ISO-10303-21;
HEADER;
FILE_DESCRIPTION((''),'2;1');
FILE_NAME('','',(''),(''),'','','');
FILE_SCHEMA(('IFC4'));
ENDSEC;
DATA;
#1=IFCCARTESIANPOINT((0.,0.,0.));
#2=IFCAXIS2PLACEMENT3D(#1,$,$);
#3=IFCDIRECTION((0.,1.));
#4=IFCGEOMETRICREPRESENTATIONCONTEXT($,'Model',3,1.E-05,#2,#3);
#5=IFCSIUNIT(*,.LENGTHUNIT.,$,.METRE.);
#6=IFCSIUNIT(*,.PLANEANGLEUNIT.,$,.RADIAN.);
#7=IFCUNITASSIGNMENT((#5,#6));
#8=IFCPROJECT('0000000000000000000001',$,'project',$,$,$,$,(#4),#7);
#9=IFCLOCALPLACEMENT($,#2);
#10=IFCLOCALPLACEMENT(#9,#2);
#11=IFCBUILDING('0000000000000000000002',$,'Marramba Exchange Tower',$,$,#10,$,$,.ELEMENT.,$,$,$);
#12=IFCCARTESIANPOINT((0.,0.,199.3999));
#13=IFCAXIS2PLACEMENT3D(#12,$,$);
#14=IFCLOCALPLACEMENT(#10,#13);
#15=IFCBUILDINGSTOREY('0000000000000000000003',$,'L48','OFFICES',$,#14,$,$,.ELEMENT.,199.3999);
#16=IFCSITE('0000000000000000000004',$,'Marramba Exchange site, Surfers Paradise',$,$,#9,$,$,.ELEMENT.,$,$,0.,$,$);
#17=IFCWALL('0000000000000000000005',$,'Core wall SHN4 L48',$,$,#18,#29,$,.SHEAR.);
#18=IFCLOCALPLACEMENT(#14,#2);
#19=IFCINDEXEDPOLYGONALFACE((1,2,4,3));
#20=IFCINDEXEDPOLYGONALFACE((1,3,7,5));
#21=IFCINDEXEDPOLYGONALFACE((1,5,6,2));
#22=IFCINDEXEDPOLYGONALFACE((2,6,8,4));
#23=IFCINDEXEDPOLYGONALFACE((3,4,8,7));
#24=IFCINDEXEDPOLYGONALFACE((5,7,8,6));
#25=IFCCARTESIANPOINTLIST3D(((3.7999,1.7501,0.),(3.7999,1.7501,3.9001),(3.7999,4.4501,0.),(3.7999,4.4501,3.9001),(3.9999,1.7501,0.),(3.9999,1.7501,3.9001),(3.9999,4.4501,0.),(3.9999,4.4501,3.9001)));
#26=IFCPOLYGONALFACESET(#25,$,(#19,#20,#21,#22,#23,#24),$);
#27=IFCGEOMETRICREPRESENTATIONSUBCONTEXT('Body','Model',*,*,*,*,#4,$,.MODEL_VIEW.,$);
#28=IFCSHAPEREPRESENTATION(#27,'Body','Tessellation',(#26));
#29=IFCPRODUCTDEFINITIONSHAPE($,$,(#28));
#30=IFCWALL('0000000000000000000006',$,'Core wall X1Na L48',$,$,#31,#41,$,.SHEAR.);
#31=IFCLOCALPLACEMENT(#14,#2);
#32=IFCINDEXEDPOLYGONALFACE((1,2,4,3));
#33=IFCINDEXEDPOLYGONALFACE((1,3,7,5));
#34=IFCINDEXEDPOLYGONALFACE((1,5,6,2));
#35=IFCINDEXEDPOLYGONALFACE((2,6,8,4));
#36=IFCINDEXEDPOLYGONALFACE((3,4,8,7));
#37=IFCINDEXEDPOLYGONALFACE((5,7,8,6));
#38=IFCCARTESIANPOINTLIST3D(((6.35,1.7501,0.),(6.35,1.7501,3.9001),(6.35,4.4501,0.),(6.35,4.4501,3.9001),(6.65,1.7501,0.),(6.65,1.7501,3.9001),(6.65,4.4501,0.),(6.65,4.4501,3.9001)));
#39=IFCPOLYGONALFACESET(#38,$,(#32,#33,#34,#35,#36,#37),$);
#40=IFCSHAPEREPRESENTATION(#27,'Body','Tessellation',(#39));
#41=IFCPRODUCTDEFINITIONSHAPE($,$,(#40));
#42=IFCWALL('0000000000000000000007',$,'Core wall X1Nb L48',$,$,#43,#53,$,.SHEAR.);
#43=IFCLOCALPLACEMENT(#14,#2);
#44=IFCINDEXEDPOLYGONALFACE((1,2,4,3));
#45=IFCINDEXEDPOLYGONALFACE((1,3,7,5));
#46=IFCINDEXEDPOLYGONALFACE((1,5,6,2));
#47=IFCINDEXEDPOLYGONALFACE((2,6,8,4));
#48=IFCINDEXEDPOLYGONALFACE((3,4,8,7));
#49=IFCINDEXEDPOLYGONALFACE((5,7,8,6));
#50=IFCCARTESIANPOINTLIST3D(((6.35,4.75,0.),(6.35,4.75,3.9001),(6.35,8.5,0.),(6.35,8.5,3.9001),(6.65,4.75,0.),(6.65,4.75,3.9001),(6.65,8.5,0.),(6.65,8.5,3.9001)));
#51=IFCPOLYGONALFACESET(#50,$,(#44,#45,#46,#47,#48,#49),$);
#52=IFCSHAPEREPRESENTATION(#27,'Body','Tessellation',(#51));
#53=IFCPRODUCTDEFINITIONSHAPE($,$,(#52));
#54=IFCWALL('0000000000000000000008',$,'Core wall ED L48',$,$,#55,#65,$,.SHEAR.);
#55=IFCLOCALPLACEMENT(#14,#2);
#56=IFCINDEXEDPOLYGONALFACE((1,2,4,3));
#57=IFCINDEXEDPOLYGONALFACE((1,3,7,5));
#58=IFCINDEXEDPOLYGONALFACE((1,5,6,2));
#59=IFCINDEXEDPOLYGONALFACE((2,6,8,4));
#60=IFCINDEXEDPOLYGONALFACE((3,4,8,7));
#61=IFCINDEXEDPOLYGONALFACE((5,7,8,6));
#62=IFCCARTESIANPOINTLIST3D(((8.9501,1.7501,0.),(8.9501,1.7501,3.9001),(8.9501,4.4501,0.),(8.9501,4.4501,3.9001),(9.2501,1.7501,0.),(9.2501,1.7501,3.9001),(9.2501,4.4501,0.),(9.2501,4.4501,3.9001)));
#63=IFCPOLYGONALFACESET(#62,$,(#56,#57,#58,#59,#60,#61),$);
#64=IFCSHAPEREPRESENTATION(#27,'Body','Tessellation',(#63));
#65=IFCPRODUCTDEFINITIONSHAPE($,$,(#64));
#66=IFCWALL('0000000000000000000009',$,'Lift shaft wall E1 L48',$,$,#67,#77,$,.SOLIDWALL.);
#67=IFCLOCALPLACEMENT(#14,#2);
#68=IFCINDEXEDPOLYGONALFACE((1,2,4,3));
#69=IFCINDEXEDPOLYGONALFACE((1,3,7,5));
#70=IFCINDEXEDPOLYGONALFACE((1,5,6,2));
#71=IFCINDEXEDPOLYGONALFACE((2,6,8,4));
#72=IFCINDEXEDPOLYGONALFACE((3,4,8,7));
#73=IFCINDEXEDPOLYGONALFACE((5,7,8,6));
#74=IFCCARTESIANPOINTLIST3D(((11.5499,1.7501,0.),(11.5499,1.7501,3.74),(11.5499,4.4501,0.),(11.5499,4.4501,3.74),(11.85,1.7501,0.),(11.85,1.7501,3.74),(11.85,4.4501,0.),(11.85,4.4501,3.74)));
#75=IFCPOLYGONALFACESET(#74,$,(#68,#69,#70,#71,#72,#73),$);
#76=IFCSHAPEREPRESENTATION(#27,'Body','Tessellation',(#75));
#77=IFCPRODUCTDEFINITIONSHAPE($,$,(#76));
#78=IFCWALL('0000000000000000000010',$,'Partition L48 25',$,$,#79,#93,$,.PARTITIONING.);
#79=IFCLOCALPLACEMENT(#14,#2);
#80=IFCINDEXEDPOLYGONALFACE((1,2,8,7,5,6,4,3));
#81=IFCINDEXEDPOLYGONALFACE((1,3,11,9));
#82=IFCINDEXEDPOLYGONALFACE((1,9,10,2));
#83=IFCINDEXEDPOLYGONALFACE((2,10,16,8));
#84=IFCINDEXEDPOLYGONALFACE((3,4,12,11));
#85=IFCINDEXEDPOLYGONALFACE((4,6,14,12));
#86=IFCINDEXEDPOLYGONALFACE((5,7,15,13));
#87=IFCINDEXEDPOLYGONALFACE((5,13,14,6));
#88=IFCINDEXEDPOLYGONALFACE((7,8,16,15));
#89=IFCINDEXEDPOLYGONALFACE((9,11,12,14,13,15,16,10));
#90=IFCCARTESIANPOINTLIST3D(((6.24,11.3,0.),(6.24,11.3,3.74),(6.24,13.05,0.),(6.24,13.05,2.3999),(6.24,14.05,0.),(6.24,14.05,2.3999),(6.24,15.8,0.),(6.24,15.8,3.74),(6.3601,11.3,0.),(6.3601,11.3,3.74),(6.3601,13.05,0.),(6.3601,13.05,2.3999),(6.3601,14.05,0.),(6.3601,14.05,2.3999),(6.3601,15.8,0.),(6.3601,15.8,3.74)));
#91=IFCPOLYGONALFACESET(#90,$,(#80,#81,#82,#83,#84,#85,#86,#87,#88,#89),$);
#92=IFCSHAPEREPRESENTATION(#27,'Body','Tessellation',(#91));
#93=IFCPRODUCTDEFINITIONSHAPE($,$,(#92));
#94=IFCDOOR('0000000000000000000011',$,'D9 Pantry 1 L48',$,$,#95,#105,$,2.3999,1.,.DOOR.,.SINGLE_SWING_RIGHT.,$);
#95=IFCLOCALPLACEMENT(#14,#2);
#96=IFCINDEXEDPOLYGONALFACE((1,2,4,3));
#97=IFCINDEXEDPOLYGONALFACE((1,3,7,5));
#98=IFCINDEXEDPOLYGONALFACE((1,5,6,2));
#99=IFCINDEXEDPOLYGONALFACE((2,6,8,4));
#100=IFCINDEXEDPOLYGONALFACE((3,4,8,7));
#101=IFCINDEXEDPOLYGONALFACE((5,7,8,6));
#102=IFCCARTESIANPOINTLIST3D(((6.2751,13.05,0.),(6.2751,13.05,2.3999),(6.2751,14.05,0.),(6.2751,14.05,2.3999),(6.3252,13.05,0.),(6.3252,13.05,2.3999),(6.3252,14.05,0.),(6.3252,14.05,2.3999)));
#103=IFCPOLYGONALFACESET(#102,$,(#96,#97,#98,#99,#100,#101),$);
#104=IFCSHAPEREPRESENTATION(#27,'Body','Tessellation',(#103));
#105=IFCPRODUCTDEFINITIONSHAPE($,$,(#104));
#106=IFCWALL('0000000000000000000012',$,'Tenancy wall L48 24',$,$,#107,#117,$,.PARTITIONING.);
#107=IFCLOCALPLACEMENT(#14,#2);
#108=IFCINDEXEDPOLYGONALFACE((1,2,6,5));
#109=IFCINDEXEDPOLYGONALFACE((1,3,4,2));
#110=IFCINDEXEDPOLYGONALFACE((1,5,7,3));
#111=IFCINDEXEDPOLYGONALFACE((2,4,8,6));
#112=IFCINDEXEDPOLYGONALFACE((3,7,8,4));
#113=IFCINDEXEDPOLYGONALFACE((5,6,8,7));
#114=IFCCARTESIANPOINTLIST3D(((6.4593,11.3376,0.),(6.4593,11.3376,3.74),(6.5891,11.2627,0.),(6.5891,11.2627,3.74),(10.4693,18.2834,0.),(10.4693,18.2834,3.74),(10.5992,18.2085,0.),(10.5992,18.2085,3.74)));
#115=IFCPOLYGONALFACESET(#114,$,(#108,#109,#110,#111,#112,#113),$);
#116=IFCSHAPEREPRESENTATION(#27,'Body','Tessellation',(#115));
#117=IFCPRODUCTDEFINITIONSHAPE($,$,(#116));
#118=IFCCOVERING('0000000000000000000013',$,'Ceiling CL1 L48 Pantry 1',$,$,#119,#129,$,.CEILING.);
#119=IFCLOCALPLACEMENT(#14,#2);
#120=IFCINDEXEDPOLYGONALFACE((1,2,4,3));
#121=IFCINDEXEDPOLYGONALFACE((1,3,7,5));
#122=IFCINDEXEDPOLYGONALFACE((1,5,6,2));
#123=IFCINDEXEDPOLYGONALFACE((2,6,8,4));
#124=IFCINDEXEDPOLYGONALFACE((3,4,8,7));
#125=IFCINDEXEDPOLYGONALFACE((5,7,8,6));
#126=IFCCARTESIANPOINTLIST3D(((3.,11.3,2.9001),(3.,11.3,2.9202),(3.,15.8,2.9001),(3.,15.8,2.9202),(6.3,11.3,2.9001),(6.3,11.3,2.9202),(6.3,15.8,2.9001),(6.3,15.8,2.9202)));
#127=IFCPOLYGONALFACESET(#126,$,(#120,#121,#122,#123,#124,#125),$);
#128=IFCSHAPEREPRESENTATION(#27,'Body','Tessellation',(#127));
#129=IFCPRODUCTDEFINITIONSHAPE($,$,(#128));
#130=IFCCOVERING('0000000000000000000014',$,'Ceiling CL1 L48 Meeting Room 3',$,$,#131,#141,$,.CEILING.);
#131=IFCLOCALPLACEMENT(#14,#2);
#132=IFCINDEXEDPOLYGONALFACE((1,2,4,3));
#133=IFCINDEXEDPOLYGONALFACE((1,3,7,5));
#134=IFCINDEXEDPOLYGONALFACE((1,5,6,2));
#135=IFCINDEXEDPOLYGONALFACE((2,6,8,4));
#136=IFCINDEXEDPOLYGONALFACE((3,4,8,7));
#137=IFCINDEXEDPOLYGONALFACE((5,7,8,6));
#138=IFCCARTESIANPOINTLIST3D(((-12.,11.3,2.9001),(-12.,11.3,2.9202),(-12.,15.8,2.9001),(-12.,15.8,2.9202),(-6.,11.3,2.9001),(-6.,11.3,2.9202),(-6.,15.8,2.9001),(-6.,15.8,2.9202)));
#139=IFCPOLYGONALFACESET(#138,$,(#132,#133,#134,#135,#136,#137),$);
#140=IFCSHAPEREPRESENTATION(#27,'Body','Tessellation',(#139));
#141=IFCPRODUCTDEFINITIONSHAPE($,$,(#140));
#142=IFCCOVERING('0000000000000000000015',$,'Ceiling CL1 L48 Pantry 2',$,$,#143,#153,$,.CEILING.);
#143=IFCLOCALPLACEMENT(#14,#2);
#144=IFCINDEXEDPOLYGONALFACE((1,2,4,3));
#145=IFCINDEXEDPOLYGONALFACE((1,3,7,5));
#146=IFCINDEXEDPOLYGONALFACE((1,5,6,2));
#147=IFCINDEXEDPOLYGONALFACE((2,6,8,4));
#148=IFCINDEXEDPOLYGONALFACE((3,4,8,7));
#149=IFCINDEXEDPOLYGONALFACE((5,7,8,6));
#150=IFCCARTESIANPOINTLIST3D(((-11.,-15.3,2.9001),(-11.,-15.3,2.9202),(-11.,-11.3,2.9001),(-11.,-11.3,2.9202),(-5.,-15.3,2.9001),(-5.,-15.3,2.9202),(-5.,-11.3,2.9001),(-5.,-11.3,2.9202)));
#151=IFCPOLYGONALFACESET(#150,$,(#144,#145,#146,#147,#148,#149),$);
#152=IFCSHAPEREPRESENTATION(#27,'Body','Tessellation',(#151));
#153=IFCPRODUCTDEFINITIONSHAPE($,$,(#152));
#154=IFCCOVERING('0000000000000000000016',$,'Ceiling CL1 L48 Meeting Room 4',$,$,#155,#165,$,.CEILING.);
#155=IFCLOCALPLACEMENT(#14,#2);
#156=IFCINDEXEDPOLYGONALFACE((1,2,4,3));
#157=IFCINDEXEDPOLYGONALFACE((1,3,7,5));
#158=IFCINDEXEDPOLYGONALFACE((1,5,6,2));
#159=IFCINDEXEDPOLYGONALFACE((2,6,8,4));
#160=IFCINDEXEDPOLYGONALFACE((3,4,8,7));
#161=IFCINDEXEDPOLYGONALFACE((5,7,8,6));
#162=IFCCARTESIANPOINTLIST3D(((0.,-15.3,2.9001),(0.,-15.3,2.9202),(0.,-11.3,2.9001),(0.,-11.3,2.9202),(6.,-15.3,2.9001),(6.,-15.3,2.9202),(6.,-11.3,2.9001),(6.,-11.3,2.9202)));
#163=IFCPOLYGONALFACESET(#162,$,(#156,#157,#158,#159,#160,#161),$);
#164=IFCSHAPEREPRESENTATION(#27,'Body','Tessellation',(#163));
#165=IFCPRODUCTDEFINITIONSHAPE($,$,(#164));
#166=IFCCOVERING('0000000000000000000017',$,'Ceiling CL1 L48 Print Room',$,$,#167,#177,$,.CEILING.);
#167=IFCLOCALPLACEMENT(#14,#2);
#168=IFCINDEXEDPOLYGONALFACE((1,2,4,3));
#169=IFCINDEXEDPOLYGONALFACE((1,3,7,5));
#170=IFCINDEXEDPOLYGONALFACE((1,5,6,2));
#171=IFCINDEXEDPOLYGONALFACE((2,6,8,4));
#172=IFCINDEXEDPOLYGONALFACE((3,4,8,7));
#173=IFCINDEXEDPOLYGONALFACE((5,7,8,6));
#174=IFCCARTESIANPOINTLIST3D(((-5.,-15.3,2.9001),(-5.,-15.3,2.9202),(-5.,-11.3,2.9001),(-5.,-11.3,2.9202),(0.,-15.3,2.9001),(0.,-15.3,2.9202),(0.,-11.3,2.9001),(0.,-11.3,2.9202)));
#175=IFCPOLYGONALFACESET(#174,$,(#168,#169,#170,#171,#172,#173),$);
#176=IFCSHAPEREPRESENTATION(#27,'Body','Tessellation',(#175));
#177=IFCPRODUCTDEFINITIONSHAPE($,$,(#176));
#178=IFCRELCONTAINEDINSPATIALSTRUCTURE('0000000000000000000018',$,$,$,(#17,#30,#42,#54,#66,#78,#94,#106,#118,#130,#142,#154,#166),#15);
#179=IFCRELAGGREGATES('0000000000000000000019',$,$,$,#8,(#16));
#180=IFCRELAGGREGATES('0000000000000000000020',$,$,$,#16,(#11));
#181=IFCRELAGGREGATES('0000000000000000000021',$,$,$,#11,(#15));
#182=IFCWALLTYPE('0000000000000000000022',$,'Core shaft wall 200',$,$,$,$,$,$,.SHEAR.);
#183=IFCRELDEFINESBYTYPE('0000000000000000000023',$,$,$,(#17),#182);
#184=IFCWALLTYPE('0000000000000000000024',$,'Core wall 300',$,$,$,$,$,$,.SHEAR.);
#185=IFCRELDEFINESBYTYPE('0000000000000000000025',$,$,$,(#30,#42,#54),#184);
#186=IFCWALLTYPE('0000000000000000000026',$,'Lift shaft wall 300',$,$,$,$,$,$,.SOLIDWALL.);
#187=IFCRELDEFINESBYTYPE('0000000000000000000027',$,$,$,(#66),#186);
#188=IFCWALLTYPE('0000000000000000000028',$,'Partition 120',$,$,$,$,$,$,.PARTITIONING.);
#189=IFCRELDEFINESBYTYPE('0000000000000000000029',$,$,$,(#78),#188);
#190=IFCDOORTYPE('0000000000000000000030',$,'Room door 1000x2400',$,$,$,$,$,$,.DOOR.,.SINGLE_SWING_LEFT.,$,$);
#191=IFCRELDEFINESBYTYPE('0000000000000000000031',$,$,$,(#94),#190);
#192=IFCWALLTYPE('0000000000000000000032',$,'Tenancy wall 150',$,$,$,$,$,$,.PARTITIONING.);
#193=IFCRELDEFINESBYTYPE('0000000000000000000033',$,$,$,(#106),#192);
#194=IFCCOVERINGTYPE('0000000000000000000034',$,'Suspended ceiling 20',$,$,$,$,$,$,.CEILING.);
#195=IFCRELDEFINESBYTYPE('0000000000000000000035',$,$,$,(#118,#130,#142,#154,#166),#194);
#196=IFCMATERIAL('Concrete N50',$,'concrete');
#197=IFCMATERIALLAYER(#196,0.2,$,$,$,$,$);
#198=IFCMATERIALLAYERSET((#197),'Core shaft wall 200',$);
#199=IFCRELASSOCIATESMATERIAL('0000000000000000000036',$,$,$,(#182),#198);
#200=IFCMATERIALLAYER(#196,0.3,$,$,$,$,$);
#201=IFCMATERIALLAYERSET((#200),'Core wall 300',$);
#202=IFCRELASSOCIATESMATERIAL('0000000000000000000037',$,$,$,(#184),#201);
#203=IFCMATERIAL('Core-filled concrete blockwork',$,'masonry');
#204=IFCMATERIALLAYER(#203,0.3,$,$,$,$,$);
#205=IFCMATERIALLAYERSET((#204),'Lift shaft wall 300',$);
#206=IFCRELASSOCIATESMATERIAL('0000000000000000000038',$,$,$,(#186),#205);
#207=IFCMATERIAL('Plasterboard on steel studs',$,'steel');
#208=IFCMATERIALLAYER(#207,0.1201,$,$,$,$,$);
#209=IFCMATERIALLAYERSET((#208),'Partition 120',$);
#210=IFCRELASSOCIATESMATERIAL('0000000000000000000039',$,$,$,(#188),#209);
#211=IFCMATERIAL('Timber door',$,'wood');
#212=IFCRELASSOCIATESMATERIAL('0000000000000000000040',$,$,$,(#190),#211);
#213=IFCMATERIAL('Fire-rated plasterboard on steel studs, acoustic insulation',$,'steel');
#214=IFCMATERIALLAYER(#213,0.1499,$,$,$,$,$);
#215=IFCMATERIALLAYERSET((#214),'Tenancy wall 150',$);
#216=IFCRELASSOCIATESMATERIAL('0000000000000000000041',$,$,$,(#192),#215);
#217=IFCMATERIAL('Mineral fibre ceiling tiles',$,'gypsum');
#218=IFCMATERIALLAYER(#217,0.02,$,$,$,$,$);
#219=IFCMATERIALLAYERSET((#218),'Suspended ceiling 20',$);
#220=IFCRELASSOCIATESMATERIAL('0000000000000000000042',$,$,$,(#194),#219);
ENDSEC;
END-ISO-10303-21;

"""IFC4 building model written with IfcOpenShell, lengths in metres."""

from ifc_helpers import new_model, si_unit, direction, frame, frame_2d, origin, place, context, subcontext, project, spatial, polyline, rectangle, outline, extrude, material, layer, layer_set, type_object, element, fill, save


model = new_model("IFC4")

# Units and contexts
model_context = context("Model", 3, precision=1e-05, world=origin(), true_north=direction((0.0, 1.0)))
body_context = subcontext(model_context, "Body", "Model", "MODEL_VIEW")
ifc_project = project(units=[si_unit("LENGTHUNIT", "METRE"), si_unit("PLANEANGLEUNIT", "RADIAN")], contexts=[model_context])

# Site, building, storey
site_placement = place(None, origin())
site = spatial("IfcSite", under=ifc_project, at=site_placement, Name="Marramba Exchange site, Surfers Paradise", CompositionType="ELEMENT", RefElevation=0.0)
building_placement = place(site_placement, origin())
building = spatial("IfcBuilding", under=site, at=building_placement, Name="Marramba Exchange Tower", CompositionType="ELEMENT")
storey_placement = place(building_placement, frame((0.0, 0.0, 199.3999)))
storey = spatial("IfcBuildingStorey", under=building, at=storey_placement, Name="L48", Description="OFFICES", CompositionType="ELEMENT", Elevation=199.3999)

# Shared definitions
ifc_material_1 = material(Name="Timber door", Category="wood")

# Walls
ifc_material_2 = material(Name="Concrete N50", Category="concrete")
ifc_layer_1 = layer(ifc_material_2, 0.2)
ifc_layer_set_1 = layer_set([ifc_layer_1], Name="Core shaft wall 200")
wall_type_1 = type_object("IfcWallType", Name="Core shaft wall 200", PredefinedType="SHEAR", material=ifc_layer_set_1)
for number, where, z_axis, x_axis, name in (
    (1, (3.8999, 1.75, 0.0), (0.0, 0.0, 1.0), (0.0, 1.0, 0.0), "Core wall SHN4 L48"),
):
    element("IfcWall", number, at=place(storey_placement, frame(where, z_axis=z_axis, x_axis=x_axis)), inside=storey, type_object=wall_type_1, Name=name, PredefinedType="SHEAR", context=body_context, shape_type="SweptSolid", body=[
        extrude(rectangle(XDim=2.7, YDim=0.2, at=frame_2d((1.3501, 0.0))), origin(), (0.0, 0.0, 1.0), 3.9001),
    ])
ifc_layer_2 = layer(ifc_material_2, 0.3)
ifc_layer_set_2 = layer_set([ifc_layer_2], Name="Core wall 300")
wall_type_2 = type_object("IfcWallType", Name="Core wall 300", PredefinedType="SHEAR", material=ifc_layer_set_2)
wall_1_placement = place(storey_placement, frame((6.5, 1.75, 0.0), z_axis=(0.0, 0.0, 1.0), x_axis=(0.0, 1.0, 0.0)))
element("IfcWall", 2, at=wall_1_placement, inside=storey, type_object=wall_type_2, Name="Core wall X1Na L48", PredefinedType="SHEAR", context=body_context, shape_type="SweptSolid", body=[
    extrude(rectangle(XDim=2.7, YDim=0.3, at=frame_2d((1.3501, 0.0))), origin(), (0.0, 0.0, 1.0), 3.9001),
])
wall_2_placement = place(storey_placement, frame((6.5, 4.75, 0.0), z_axis=(0.0, 0.0, 1.0), x_axis=(0.0, 1.0, 0.0)))
element("IfcWall", 3, at=wall_2_placement, inside=storey, type_object=wall_type_2, Name="Core wall X1Nb L48", PredefinedType="SHEAR", context=body_context, shape_type="SweptSolid", body=[
    extrude(rectangle(XDim=3.75, YDim=0.3, at=frame_2d((1.875, 0.0))), origin(), (0.0, 0.0, 1.0), 3.9001),
])
wall_3_placement = place(storey_placement, frame((9.1001, 1.75, 0.0), z_axis=(0.0, 0.0, 1.0), x_axis=(0.0, 1.0, 0.0)))
element("IfcWall", 4, at=wall_3_placement, inside=storey, type_object=wall_type_2, Name="Core wall ED L48", PredefinedType="SHEAR", context=body_context, shape_type="SweptSolid", body=[
    extrude(rectangle(XDim=2.7, YDim=0.3, at=frame_2d((1.3501, 0.0))), origin(), (0.0, 0.0, 1.0), 3.9001),
])
ifc_material_3 = material(Name="Core-filled concrete blockwork", Category="masonry")
ifc_layer_3 = layer(ifc_material_3, 0.3)
ifc_layer_set_3 = layer_set([ifc_layer_3], Name="Lift shaft wall 300")
wall_type_3 = type_object("IfcWallType", Name="Lift shaft wall 300", PredefinedType="SOLIDWALL", material=ifc_layer_set_3)
wall_4_placement = place(storey_placement, frame((11.7, 1.75, 0.0), z_axis=(0.0, 0.0, 1.0), x_axis=(0.0, 1.0, 0.0)))
element("IfcWall", 5, at=wall_4_placement, inside=storey, type_object=wall_type_3, Name="Lift shaft wall E1 L48", PredefinedType="SOLIDWALL", context=body_context, shape_type="SweptSolid", body=[
    extrude(rectangle(XDim=2.7, YDim=0.3, at=frame_2d((1.3501, 0.0))), origin(), (0.0, 0.0, 1.0), 3.74),
])

# Wall, opening, door
ifc_material_4 = material(Name="Plasterboard on steel studs", Category="steel")
ifc_layer_4 = layer(ifc_material_4, 0.1201)
ifc_layer_set_4 = layer_set([ifc_layer_4], Name="Partition 120")
wall_type_4 = type_object("IfcWallType", Name="Partition 120", PredefinedType="PARTITIONING", material=ifc_layer_set_4)
wall_5_placement = place(storey_placement, frame((6.3, 11.3, 0.0), z_axis=(0.0, 0.0, 1.0), x_axis=(0.0, 1.0, 0.0)))
wall_5 = element("IfcWall", 6, at=wall_5_placement, inside=storey, type_object=wall_type_4, Name="Partition L48 25", PredefinedType="PARTITIONING", context=body_context, shape_type="SweptSolid", body=[
    extrude(rectangle(XDim=4.5, YDim=0.1201, at=frame_2d((2.25, 0.0))), origin(), (0.0, 0.0, 1.0), 3.74),
])
opening_1_placement = place(wall_5_placement, frame((1.75, 0.0, 0.0)))
opening_1 = element("IfcOpeningElement", 7, at=opening_1_placement, cuts=wall_5, PredefinedType="OPENING", context=body_context, shape_type="SweptSolid", body=[
    extrude(rectangle(XDim=1.0, YDim=2.3999, at=frame_2d((0.5, 1.2))), frame((0.0, 0.0701, 0.0), z_axis=(0.0, -1.0, 0.0), x_axis=(1.0, 0.0, 0.0)), (0.0, 0.0, 1.0), 0.1401),
])
door_type_1 = type_object("IfcDoorType", Name="Room door 1000x2400", OperationType="SINGLE_SWING_LEFT", PredefinedType="DOOR", material=ifc_material_1)
door_1_placement = place(opening_1_placement, origin())
door_1 = element("IfcDoor", 8, at=door_1_placement, inside=storey, type_object=door_type_1, Name="D9 Pantry 1 L48", OperationType="SINGLE_SWING_RIGHT", OverallHeight=2.3999, OverallWidth=1.0, PredefinedType="DOOR", context=body_context, shape_type="SweptSolid", body=[
    extrude(rectangle(XDim=1.0, YDim=2.3999, at=frame_2d((0.5, 1.2))), frame((0.0, 0.0249, 0.0), z_axis=(0.0, -1.0, 0.0), x_axis=(1.0, 0.0, 0.0)), (0.0, 0.0, 1.0), 0.05),
])
fill(opening_1, door_1)

# Wall
ifc_material_5 = material(Name="Fire-rated plasterboard on steel studs, acoustic insulation", Category="steel")
ifc_layer_5 = layer(ifc_material_5, 0.1499)
ifc_layer_set_5 = layer_set([ifc_layer_5], Name="Tenancy wall 150")
wall_type_5 = type_object("IfcWallType", Name="Tenancy wall 150", PredefinedType="PARTITIONING", material=ifc_layer_set_5)
wall_6_placement = place(storey_placement, frame((6.5242, 11.3, 0.0), z_axis=(0.0, 0.0, 1.0), x_axis=(0.499986, 0.866034, 0.0)))
element("IfcWall", 9, at=wall_6_placement, inside=storey, type_object=wall_type_5, Name="Tenancy wall L48 24", PredefinedType="PARTITIONING", context=body_context, shape_type="SweptSolid", body=[
    extrude(rectangle(XDim=8.0203, YDim=0.1499, at=frame_2d((4.0103, 0.0))), origin(), (0.0, 0.0, 1.0), 3.74),
])

# Coverings
ifc_material_6 = material(Name="Mineral fibre ceiling tiles", Category="gypsum")
ifc_layer_6 = layer(ifc_material_6, 0.02)
ifc_layer_set_6 = layer_set([ifc_layer_6], Name="Suspended ceiling 20")
covering_type = type_object("IfcCoveringType", Name="Suspended ceiling 20", PredefinedType="CEILING", material=ifc_layer_set_6)
covering_1_placement = place(storey_placement, frame((0.0, 0.0, 2.9001)))
element("IfcCovering", 10, at=covering_1_placement, inside=storey, type_object=covering_type, Name="Ceiling CL1 L48 Pantry 1", PredefinedType="CEILING", context=body_context, shape_type="SweptSolid", body=[
    extrude(outline(polyline([(6.3, 11.3), (3.0, 11.3), (3.0, 15.8), (6.3, 15.8), (6.3, 11.3)])), origin(), (0.0, 0.0, 1.0), 0.02),
])
covering_2_placement = place(storey_placement, frame((0.0, 0.0, 2.9001)))
element("IfcCovering", 11, at=covering_2_placement, inside=storey, type_object=covering_type, Name="Ceiling CL1 L48 Meeting Room 3", PredefinedType="CEILING", context=body_context, shape_type="SweptSolid", body=[
    extrude(outline(polyline([(-6.0, 11.3), (-12.0, 11.3), (-12.0, 15.8), (-6.0, 15.8), (-6.0, 11.3)])), origin(), (0.0, 0.0, 1.0), 0.02),
])
covering_3_placement = place(storey_placement, frame((0.0, 0.0, 2.9001)))
element("IfcCovering", 12, at=covering_3_placement, inside=storey, type_object=covering_type, Name="Ceiling CL1 L48 Pantry 2", PredefinedType="CEILING", context=body_context, shape_type="SweptSolid", body=[
    extrude(outline(polyline([(-5.0, -15.3), (-11.0, -15.3), (-11.0, -11.3), (-5.0, -11.3), (-5.0, -15.3)])), origin(), (0.0, 0.0, 1.0), 0.02),
])
covering_4_placement = place(storey_placement, frame((0.0, 0.0, 2.9001)))
element("IfcCovering", 13, at=covering_4_placement, inside=storey, type_object=covering_type, Name="Ceiling CL1 L48 Meeting Room 4", PredefinedType="CEILING", context=body_context, shape_type="SweptSolid", body=[
    extrude(outline(polyline([(6.0, -15.3), (0.0, -15.3), (0.0, -11.3), (6.0, -11.3), (6.0, -15.3)])), origin(), (0.0, 0.0, 1.0), 0.02),
])
covering_5_placement = place(storey_placement, frame((0.0, 0.0, 2.9001)))
element("IfcCovering", 14, at=covering_5_placement, inside=storey, type_object=covering_type, Name="Ceiling CL1 L48 Print Room", PredefinedType="CEILING", context=body_context, shape_type="SweptSolid", body=[
    extrude(outline(polyline([(0.0, -15.3), (-5.0, -15.3), (-5.0, -11.3), (0.0, -11.3), (0.0, -15.3)])), origin(), (0.0, 0.0, 1.0), 0.02),
])

save(model, "model.ifc")
